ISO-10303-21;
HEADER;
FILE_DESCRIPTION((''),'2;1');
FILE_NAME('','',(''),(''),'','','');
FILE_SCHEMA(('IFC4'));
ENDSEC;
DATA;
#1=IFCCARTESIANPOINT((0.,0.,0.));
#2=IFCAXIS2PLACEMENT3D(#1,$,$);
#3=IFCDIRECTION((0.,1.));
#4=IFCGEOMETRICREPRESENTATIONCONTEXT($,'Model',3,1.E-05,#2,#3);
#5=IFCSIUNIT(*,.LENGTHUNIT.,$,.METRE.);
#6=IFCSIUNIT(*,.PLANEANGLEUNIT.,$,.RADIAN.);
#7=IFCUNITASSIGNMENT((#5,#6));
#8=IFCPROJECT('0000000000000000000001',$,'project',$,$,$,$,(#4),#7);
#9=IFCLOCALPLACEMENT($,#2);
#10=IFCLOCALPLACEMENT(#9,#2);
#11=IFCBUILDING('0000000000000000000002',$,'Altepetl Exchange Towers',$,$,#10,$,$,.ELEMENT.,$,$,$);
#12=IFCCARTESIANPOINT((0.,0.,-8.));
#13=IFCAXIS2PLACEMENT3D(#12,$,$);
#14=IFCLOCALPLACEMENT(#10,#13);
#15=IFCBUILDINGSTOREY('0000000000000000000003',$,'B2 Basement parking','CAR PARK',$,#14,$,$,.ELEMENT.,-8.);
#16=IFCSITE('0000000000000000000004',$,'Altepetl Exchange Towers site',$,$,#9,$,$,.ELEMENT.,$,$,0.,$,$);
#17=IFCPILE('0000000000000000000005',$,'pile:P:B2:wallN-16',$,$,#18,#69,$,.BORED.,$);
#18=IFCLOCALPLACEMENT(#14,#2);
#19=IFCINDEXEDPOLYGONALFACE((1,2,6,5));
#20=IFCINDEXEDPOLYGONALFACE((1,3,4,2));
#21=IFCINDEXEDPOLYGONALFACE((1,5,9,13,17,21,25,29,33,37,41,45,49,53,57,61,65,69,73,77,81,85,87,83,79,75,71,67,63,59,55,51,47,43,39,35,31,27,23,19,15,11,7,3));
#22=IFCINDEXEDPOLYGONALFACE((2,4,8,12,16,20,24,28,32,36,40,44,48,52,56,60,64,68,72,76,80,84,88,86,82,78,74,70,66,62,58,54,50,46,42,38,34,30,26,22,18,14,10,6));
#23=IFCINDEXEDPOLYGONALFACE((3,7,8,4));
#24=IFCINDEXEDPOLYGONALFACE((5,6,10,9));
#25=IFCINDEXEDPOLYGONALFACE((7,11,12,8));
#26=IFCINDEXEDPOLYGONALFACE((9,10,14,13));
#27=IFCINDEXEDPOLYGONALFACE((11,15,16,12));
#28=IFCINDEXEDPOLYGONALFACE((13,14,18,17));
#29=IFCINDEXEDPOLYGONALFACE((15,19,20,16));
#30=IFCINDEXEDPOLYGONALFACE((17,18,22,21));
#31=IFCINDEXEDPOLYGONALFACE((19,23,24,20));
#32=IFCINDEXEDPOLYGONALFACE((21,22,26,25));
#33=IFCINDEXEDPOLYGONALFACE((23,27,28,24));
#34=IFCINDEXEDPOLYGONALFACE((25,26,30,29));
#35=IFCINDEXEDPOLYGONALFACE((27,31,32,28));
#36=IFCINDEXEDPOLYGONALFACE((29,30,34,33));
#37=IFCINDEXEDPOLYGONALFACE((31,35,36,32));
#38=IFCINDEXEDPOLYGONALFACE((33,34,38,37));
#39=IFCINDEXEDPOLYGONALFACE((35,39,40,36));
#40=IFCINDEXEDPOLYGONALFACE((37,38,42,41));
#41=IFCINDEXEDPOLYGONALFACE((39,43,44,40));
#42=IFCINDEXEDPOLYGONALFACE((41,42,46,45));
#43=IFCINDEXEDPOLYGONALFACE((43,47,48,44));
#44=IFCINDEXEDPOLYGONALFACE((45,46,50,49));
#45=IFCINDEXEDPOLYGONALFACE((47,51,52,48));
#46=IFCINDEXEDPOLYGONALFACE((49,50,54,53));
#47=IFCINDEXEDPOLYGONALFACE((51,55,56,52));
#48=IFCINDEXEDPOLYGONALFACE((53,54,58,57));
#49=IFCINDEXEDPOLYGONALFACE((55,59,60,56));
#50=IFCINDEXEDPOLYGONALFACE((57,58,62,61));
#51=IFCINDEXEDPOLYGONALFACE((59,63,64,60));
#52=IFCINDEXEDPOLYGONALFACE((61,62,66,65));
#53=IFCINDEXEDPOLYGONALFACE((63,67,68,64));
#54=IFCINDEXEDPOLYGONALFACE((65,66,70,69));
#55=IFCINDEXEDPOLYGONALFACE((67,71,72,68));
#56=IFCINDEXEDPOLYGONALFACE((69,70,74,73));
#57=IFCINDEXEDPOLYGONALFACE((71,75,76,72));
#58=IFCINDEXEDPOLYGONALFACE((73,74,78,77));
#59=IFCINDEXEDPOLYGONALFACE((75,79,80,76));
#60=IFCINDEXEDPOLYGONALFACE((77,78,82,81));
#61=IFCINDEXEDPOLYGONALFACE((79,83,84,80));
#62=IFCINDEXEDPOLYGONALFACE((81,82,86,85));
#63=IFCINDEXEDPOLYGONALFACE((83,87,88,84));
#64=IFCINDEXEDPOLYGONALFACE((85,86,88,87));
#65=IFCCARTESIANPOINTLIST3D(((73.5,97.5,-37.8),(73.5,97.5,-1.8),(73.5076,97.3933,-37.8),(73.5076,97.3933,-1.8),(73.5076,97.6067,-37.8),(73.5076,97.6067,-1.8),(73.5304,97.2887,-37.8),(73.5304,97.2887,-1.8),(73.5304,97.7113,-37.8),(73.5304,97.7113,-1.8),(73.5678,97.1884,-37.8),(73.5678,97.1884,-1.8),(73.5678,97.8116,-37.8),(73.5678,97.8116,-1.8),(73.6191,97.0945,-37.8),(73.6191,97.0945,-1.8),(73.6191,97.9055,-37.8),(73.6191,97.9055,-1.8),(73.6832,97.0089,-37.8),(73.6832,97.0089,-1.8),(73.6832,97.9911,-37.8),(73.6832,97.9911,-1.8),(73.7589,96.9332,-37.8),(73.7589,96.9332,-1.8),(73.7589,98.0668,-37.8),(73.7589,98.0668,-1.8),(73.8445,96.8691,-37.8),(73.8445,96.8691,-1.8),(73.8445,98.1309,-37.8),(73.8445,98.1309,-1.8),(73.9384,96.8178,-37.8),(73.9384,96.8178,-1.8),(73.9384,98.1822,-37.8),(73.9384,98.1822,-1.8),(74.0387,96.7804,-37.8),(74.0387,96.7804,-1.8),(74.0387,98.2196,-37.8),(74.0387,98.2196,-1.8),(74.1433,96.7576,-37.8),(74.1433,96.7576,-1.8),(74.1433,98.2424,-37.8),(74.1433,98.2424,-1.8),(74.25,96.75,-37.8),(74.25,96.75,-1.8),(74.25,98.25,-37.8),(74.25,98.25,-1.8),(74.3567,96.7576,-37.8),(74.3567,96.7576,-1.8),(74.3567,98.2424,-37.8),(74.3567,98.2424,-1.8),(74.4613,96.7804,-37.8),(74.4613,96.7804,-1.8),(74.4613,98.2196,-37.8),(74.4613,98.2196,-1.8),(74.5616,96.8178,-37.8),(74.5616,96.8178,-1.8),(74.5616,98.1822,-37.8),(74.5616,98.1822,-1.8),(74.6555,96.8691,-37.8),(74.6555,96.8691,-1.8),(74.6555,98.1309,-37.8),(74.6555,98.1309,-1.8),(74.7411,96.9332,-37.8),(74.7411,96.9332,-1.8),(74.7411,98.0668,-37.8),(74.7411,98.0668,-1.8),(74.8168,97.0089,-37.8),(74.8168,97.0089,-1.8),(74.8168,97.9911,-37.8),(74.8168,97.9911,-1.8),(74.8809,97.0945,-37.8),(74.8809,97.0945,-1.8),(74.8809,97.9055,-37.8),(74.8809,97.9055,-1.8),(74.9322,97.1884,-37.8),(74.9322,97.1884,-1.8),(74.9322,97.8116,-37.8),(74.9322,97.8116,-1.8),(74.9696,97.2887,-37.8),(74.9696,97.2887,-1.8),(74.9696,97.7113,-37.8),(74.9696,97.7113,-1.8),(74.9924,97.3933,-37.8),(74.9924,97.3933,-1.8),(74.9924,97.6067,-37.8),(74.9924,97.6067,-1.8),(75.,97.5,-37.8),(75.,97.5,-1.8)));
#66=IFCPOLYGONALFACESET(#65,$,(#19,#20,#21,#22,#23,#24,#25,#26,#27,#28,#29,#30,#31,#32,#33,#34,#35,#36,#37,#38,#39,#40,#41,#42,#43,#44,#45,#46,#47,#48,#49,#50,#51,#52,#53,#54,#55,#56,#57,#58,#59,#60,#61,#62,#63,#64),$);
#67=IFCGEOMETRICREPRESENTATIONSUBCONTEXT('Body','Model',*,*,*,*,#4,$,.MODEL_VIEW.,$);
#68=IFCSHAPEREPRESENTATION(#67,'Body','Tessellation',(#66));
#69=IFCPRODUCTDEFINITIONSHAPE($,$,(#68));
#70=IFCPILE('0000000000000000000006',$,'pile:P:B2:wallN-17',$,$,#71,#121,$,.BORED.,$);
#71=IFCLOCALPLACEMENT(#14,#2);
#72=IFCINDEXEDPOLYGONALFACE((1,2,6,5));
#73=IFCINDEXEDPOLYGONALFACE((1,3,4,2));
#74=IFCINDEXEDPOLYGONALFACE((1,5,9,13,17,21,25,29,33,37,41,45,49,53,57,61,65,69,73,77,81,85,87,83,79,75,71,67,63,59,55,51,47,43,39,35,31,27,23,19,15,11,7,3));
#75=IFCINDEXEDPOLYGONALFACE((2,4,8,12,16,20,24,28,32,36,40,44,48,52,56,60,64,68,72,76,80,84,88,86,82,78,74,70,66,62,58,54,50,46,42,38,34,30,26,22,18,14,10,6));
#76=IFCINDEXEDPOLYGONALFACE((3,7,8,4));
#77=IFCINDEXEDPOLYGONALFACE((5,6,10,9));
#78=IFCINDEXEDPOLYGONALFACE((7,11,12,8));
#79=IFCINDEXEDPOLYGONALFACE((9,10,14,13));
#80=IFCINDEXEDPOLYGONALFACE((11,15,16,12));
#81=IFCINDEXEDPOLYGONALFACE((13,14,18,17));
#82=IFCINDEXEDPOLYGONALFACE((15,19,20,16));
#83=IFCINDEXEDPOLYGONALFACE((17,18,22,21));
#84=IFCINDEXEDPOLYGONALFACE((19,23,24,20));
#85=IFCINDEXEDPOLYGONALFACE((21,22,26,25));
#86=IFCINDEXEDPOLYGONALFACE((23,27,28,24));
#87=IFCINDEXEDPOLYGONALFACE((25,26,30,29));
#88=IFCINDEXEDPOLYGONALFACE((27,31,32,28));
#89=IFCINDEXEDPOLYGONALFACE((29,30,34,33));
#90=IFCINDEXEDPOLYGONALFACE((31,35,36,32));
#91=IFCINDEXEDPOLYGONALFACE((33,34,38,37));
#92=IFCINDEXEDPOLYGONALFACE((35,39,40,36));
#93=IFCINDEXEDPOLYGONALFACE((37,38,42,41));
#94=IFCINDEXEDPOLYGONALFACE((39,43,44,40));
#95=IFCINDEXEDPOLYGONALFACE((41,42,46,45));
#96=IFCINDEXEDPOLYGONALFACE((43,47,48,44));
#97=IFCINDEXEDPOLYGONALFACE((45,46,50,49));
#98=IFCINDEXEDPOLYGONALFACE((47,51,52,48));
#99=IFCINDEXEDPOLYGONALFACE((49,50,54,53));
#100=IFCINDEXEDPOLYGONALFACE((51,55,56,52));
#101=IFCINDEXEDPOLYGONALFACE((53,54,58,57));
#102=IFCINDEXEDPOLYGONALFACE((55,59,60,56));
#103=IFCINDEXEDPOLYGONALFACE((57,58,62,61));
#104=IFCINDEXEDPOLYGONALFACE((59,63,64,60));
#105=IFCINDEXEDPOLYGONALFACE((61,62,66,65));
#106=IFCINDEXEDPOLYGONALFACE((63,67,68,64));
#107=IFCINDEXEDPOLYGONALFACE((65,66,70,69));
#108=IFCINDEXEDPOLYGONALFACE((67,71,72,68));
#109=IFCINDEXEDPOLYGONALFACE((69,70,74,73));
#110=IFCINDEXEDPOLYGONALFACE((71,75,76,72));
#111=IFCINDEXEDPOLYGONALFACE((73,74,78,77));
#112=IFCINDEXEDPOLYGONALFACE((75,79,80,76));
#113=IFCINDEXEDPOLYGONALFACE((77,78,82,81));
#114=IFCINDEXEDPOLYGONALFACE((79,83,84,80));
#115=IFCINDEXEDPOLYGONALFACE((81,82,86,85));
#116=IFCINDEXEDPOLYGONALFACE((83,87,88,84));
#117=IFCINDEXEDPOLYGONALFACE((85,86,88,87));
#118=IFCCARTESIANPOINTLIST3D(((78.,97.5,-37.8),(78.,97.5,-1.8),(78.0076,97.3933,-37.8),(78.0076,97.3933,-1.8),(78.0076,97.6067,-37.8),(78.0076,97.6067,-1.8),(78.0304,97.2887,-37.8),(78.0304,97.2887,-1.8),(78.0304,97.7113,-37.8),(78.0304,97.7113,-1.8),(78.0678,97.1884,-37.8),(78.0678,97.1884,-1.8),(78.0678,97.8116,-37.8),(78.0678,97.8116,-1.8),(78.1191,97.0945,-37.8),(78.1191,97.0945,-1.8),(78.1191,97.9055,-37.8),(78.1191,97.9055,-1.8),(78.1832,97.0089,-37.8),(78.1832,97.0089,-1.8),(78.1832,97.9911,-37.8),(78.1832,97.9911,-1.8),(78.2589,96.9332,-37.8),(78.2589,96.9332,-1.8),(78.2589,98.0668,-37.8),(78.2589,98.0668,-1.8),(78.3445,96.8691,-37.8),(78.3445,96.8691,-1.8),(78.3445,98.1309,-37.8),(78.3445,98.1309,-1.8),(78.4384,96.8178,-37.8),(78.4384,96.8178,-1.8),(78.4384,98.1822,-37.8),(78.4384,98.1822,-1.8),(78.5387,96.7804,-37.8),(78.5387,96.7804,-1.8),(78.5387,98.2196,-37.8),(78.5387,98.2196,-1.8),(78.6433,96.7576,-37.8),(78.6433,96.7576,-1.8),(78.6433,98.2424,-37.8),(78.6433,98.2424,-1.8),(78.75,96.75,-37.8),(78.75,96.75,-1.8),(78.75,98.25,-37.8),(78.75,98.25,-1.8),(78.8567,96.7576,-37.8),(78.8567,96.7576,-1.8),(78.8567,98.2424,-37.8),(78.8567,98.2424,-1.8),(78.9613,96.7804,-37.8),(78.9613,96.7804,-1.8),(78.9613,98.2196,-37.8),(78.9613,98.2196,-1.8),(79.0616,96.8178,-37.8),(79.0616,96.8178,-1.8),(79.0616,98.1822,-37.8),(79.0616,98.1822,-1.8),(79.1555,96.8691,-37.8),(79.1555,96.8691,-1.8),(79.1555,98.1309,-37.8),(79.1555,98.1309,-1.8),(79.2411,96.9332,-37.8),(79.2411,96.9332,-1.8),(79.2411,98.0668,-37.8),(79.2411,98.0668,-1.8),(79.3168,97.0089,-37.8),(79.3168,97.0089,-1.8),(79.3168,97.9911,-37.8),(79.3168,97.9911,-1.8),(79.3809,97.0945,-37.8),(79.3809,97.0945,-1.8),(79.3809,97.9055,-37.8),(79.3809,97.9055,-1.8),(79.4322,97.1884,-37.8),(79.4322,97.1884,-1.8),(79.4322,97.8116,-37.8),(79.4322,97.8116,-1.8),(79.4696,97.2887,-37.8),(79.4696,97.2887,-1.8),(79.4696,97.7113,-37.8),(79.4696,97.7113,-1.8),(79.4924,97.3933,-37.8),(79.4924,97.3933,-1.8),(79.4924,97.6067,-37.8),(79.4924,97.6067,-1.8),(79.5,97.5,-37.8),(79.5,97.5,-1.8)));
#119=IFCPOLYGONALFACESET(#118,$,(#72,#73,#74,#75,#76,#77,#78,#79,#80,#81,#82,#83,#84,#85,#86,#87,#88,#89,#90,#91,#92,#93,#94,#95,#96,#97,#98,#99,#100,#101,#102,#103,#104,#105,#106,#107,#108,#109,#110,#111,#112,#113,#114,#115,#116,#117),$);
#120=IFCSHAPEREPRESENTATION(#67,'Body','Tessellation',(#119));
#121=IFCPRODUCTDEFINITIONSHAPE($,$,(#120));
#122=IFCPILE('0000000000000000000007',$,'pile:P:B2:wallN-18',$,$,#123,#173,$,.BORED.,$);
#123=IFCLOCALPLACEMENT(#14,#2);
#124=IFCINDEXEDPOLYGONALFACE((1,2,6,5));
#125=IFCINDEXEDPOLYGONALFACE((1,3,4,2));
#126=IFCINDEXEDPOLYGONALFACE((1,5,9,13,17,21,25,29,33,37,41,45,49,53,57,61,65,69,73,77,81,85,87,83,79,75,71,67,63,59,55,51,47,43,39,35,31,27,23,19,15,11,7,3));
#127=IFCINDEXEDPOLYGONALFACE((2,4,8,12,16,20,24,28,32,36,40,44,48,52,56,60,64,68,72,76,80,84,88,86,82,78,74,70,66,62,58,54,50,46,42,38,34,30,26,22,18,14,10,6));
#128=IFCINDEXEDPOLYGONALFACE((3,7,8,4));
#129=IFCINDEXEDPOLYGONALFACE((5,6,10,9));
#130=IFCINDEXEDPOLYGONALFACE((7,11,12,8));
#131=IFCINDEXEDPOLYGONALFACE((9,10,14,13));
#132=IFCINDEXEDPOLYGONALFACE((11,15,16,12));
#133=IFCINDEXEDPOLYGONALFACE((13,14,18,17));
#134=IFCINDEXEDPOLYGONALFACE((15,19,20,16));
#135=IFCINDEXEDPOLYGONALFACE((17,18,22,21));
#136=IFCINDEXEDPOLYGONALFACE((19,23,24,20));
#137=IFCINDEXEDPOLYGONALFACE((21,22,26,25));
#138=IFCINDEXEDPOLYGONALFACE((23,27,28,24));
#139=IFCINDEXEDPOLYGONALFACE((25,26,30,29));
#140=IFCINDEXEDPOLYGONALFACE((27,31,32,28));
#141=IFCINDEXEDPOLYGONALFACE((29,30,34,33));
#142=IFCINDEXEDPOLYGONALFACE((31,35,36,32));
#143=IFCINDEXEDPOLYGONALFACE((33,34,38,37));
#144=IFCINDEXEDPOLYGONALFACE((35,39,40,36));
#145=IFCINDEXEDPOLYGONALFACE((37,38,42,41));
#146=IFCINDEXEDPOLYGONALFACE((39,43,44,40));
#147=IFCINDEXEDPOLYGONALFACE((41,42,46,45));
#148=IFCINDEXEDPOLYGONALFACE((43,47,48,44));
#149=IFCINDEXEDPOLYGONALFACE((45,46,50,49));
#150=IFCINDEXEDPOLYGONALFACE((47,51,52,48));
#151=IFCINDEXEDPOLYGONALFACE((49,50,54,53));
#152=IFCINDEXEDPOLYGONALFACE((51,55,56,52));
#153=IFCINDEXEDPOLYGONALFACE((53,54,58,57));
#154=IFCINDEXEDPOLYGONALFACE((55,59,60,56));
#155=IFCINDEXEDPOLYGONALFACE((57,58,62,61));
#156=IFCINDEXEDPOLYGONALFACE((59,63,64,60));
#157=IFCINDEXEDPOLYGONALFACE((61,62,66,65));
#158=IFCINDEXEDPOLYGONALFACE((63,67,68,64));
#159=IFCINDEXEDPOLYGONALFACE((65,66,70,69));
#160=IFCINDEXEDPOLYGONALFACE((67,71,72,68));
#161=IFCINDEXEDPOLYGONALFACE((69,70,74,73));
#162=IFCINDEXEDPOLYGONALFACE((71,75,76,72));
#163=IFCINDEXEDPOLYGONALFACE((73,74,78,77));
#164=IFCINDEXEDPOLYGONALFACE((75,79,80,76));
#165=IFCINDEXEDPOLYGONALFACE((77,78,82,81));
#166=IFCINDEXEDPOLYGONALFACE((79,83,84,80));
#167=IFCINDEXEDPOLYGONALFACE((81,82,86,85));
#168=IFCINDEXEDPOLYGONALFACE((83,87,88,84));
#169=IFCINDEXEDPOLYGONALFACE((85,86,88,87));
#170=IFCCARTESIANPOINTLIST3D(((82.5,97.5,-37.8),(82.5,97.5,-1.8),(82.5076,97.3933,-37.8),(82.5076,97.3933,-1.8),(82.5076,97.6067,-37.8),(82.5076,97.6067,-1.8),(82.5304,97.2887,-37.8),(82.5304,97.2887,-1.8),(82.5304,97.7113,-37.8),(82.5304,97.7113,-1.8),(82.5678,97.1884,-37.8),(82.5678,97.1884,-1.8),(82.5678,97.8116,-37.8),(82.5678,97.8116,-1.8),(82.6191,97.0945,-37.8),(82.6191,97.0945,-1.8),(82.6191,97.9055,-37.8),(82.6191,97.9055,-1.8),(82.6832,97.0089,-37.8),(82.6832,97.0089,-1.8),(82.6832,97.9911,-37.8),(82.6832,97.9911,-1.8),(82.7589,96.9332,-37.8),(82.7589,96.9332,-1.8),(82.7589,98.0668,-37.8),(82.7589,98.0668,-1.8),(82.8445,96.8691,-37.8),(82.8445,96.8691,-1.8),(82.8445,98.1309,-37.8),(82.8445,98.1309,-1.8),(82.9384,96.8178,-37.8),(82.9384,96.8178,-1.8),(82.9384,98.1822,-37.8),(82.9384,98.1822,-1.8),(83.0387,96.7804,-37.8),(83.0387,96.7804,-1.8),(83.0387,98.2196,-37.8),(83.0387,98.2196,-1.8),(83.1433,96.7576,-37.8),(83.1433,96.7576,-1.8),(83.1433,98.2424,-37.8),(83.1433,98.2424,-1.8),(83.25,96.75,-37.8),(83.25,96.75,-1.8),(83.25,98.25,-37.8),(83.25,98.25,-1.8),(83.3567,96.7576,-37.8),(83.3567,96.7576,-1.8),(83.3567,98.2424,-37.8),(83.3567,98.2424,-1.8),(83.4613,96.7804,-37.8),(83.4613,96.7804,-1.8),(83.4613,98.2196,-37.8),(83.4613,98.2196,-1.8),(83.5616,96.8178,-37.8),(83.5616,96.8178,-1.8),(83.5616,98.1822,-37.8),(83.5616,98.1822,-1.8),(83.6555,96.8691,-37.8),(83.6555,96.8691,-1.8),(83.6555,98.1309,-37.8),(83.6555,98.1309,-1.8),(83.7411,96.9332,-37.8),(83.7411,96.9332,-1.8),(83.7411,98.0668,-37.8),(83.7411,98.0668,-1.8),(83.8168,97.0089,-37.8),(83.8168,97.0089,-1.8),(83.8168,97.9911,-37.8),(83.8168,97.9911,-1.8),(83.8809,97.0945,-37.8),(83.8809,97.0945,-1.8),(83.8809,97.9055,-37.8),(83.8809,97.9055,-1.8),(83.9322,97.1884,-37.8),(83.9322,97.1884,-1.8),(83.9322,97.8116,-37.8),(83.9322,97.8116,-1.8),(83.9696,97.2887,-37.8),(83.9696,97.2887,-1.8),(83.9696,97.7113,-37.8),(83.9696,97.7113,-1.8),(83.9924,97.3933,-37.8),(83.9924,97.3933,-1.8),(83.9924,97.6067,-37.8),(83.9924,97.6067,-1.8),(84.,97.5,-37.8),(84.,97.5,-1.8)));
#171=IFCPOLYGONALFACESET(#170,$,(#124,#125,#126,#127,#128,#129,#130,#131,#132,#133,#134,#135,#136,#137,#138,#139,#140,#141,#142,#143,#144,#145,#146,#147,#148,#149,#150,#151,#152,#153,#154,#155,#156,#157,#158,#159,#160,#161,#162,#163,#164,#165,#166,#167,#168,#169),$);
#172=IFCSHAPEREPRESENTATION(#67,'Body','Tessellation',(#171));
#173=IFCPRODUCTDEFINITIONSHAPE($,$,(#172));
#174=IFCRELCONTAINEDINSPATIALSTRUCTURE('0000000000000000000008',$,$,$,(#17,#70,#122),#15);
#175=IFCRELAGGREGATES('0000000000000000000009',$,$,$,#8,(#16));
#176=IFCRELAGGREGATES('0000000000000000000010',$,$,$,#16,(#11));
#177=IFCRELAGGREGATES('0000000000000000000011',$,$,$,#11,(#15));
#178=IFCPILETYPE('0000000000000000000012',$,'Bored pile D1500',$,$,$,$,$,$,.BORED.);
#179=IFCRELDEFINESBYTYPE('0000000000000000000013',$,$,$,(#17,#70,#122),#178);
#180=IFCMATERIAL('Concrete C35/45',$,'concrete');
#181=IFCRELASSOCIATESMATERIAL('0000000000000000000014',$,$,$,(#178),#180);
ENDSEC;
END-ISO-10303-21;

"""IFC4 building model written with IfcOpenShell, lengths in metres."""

from ifc_helpers import new_model, si_unit, direction, frame, origin, origin_2d, place, context, subcontext, project, spatial, circle, extrude, material, material_profile, profile_set, type_object, element, save


model = new_model("IFC4")

# Units and contexts
model_context = context("Model", 3, precision=1e-05, world=origin(), true_north=direction((0.0, 1.0)))
body_context = subcontext(model_context, "Body", "Model", "MODEL_VIEW")
ifc_project = project(units=[si_unit("LENGTHUNIT", "METRE"), si_unit("PLANEANGLEUNIT", "RADIAN")], contexts=[model_context])

# Site, building, storey
site_placement = place(None, origin())
site = spatial("IfcSite", under=ifc_project, at=site_placement, Name="Altepetl Exchange Towers site", CompositionType="ELEMENT", RefElevation=0.0)
building_placement = place(site_placement, origin())
building = spatial("IfcBuilding", under=site, at=building_placement, Name="Altepetl Exchange Towers", CompositionType="ELEMENT")
storey_placement = place(building_placement, frame((0.0, 0.0, -8.0)))
storey = spatial("IfcBuildingStorey", under=building, at=storey_placement, Name="B2 Basement parking", Description="CAR PARK", CompositionType="ELEMENT", Elevation=-8.0)

# Piles
ifc_material_1 = material(Name="Concrete C35/45", Category="concrete")
ifc_material_profile_1 = material_profile(ifc_material_1, circle(Radius=0.75, at=origin_2d()), Name="D1500")
ifc_profile_set_1 = profile_set([ifc_material_profile_1], Name="Concrete C35/45")
pile_type_1 = type_object("IfcPileType", Name="Bored pile D1500", PredefinedType="BORED", material=ifc_profile_set_1)
for number, where, z_axis, x_axis, name in (
    (1, (74.25, 97.5, -1.8), (0.0, 0.0, -1.0), (1.0, 0.0, 0.0), "pile:P:B2:wallN-16"),
    (2, (78.75, 97.5, -1.8), (0.0, 0.0, -1.0), (1.0, 0.0, 0.0), "pile:P:B2:wallN-17"),
    (3, (83.25, 97.5, -1.8), (0.0, 0.0, -1.0), (1.0, 0.0, 0.0), "pile:P:B2:wallN-18"),
):
    element("IfcPile", number, at=place(storey_placement, frame(where, z_axis=z_axis, x_axis=x_axis)), inside=storey, type_object=pile_type_1, Name=name, PredefinedType="BORED", context=body_context, shape_type="SweptSolid", body=[
        extrude(circle(Radius=0.75, at=origin_2d()), origin(), (0.0, 0.0, 1.0), 36.0),
    ])

save(model, "model.ifc")
